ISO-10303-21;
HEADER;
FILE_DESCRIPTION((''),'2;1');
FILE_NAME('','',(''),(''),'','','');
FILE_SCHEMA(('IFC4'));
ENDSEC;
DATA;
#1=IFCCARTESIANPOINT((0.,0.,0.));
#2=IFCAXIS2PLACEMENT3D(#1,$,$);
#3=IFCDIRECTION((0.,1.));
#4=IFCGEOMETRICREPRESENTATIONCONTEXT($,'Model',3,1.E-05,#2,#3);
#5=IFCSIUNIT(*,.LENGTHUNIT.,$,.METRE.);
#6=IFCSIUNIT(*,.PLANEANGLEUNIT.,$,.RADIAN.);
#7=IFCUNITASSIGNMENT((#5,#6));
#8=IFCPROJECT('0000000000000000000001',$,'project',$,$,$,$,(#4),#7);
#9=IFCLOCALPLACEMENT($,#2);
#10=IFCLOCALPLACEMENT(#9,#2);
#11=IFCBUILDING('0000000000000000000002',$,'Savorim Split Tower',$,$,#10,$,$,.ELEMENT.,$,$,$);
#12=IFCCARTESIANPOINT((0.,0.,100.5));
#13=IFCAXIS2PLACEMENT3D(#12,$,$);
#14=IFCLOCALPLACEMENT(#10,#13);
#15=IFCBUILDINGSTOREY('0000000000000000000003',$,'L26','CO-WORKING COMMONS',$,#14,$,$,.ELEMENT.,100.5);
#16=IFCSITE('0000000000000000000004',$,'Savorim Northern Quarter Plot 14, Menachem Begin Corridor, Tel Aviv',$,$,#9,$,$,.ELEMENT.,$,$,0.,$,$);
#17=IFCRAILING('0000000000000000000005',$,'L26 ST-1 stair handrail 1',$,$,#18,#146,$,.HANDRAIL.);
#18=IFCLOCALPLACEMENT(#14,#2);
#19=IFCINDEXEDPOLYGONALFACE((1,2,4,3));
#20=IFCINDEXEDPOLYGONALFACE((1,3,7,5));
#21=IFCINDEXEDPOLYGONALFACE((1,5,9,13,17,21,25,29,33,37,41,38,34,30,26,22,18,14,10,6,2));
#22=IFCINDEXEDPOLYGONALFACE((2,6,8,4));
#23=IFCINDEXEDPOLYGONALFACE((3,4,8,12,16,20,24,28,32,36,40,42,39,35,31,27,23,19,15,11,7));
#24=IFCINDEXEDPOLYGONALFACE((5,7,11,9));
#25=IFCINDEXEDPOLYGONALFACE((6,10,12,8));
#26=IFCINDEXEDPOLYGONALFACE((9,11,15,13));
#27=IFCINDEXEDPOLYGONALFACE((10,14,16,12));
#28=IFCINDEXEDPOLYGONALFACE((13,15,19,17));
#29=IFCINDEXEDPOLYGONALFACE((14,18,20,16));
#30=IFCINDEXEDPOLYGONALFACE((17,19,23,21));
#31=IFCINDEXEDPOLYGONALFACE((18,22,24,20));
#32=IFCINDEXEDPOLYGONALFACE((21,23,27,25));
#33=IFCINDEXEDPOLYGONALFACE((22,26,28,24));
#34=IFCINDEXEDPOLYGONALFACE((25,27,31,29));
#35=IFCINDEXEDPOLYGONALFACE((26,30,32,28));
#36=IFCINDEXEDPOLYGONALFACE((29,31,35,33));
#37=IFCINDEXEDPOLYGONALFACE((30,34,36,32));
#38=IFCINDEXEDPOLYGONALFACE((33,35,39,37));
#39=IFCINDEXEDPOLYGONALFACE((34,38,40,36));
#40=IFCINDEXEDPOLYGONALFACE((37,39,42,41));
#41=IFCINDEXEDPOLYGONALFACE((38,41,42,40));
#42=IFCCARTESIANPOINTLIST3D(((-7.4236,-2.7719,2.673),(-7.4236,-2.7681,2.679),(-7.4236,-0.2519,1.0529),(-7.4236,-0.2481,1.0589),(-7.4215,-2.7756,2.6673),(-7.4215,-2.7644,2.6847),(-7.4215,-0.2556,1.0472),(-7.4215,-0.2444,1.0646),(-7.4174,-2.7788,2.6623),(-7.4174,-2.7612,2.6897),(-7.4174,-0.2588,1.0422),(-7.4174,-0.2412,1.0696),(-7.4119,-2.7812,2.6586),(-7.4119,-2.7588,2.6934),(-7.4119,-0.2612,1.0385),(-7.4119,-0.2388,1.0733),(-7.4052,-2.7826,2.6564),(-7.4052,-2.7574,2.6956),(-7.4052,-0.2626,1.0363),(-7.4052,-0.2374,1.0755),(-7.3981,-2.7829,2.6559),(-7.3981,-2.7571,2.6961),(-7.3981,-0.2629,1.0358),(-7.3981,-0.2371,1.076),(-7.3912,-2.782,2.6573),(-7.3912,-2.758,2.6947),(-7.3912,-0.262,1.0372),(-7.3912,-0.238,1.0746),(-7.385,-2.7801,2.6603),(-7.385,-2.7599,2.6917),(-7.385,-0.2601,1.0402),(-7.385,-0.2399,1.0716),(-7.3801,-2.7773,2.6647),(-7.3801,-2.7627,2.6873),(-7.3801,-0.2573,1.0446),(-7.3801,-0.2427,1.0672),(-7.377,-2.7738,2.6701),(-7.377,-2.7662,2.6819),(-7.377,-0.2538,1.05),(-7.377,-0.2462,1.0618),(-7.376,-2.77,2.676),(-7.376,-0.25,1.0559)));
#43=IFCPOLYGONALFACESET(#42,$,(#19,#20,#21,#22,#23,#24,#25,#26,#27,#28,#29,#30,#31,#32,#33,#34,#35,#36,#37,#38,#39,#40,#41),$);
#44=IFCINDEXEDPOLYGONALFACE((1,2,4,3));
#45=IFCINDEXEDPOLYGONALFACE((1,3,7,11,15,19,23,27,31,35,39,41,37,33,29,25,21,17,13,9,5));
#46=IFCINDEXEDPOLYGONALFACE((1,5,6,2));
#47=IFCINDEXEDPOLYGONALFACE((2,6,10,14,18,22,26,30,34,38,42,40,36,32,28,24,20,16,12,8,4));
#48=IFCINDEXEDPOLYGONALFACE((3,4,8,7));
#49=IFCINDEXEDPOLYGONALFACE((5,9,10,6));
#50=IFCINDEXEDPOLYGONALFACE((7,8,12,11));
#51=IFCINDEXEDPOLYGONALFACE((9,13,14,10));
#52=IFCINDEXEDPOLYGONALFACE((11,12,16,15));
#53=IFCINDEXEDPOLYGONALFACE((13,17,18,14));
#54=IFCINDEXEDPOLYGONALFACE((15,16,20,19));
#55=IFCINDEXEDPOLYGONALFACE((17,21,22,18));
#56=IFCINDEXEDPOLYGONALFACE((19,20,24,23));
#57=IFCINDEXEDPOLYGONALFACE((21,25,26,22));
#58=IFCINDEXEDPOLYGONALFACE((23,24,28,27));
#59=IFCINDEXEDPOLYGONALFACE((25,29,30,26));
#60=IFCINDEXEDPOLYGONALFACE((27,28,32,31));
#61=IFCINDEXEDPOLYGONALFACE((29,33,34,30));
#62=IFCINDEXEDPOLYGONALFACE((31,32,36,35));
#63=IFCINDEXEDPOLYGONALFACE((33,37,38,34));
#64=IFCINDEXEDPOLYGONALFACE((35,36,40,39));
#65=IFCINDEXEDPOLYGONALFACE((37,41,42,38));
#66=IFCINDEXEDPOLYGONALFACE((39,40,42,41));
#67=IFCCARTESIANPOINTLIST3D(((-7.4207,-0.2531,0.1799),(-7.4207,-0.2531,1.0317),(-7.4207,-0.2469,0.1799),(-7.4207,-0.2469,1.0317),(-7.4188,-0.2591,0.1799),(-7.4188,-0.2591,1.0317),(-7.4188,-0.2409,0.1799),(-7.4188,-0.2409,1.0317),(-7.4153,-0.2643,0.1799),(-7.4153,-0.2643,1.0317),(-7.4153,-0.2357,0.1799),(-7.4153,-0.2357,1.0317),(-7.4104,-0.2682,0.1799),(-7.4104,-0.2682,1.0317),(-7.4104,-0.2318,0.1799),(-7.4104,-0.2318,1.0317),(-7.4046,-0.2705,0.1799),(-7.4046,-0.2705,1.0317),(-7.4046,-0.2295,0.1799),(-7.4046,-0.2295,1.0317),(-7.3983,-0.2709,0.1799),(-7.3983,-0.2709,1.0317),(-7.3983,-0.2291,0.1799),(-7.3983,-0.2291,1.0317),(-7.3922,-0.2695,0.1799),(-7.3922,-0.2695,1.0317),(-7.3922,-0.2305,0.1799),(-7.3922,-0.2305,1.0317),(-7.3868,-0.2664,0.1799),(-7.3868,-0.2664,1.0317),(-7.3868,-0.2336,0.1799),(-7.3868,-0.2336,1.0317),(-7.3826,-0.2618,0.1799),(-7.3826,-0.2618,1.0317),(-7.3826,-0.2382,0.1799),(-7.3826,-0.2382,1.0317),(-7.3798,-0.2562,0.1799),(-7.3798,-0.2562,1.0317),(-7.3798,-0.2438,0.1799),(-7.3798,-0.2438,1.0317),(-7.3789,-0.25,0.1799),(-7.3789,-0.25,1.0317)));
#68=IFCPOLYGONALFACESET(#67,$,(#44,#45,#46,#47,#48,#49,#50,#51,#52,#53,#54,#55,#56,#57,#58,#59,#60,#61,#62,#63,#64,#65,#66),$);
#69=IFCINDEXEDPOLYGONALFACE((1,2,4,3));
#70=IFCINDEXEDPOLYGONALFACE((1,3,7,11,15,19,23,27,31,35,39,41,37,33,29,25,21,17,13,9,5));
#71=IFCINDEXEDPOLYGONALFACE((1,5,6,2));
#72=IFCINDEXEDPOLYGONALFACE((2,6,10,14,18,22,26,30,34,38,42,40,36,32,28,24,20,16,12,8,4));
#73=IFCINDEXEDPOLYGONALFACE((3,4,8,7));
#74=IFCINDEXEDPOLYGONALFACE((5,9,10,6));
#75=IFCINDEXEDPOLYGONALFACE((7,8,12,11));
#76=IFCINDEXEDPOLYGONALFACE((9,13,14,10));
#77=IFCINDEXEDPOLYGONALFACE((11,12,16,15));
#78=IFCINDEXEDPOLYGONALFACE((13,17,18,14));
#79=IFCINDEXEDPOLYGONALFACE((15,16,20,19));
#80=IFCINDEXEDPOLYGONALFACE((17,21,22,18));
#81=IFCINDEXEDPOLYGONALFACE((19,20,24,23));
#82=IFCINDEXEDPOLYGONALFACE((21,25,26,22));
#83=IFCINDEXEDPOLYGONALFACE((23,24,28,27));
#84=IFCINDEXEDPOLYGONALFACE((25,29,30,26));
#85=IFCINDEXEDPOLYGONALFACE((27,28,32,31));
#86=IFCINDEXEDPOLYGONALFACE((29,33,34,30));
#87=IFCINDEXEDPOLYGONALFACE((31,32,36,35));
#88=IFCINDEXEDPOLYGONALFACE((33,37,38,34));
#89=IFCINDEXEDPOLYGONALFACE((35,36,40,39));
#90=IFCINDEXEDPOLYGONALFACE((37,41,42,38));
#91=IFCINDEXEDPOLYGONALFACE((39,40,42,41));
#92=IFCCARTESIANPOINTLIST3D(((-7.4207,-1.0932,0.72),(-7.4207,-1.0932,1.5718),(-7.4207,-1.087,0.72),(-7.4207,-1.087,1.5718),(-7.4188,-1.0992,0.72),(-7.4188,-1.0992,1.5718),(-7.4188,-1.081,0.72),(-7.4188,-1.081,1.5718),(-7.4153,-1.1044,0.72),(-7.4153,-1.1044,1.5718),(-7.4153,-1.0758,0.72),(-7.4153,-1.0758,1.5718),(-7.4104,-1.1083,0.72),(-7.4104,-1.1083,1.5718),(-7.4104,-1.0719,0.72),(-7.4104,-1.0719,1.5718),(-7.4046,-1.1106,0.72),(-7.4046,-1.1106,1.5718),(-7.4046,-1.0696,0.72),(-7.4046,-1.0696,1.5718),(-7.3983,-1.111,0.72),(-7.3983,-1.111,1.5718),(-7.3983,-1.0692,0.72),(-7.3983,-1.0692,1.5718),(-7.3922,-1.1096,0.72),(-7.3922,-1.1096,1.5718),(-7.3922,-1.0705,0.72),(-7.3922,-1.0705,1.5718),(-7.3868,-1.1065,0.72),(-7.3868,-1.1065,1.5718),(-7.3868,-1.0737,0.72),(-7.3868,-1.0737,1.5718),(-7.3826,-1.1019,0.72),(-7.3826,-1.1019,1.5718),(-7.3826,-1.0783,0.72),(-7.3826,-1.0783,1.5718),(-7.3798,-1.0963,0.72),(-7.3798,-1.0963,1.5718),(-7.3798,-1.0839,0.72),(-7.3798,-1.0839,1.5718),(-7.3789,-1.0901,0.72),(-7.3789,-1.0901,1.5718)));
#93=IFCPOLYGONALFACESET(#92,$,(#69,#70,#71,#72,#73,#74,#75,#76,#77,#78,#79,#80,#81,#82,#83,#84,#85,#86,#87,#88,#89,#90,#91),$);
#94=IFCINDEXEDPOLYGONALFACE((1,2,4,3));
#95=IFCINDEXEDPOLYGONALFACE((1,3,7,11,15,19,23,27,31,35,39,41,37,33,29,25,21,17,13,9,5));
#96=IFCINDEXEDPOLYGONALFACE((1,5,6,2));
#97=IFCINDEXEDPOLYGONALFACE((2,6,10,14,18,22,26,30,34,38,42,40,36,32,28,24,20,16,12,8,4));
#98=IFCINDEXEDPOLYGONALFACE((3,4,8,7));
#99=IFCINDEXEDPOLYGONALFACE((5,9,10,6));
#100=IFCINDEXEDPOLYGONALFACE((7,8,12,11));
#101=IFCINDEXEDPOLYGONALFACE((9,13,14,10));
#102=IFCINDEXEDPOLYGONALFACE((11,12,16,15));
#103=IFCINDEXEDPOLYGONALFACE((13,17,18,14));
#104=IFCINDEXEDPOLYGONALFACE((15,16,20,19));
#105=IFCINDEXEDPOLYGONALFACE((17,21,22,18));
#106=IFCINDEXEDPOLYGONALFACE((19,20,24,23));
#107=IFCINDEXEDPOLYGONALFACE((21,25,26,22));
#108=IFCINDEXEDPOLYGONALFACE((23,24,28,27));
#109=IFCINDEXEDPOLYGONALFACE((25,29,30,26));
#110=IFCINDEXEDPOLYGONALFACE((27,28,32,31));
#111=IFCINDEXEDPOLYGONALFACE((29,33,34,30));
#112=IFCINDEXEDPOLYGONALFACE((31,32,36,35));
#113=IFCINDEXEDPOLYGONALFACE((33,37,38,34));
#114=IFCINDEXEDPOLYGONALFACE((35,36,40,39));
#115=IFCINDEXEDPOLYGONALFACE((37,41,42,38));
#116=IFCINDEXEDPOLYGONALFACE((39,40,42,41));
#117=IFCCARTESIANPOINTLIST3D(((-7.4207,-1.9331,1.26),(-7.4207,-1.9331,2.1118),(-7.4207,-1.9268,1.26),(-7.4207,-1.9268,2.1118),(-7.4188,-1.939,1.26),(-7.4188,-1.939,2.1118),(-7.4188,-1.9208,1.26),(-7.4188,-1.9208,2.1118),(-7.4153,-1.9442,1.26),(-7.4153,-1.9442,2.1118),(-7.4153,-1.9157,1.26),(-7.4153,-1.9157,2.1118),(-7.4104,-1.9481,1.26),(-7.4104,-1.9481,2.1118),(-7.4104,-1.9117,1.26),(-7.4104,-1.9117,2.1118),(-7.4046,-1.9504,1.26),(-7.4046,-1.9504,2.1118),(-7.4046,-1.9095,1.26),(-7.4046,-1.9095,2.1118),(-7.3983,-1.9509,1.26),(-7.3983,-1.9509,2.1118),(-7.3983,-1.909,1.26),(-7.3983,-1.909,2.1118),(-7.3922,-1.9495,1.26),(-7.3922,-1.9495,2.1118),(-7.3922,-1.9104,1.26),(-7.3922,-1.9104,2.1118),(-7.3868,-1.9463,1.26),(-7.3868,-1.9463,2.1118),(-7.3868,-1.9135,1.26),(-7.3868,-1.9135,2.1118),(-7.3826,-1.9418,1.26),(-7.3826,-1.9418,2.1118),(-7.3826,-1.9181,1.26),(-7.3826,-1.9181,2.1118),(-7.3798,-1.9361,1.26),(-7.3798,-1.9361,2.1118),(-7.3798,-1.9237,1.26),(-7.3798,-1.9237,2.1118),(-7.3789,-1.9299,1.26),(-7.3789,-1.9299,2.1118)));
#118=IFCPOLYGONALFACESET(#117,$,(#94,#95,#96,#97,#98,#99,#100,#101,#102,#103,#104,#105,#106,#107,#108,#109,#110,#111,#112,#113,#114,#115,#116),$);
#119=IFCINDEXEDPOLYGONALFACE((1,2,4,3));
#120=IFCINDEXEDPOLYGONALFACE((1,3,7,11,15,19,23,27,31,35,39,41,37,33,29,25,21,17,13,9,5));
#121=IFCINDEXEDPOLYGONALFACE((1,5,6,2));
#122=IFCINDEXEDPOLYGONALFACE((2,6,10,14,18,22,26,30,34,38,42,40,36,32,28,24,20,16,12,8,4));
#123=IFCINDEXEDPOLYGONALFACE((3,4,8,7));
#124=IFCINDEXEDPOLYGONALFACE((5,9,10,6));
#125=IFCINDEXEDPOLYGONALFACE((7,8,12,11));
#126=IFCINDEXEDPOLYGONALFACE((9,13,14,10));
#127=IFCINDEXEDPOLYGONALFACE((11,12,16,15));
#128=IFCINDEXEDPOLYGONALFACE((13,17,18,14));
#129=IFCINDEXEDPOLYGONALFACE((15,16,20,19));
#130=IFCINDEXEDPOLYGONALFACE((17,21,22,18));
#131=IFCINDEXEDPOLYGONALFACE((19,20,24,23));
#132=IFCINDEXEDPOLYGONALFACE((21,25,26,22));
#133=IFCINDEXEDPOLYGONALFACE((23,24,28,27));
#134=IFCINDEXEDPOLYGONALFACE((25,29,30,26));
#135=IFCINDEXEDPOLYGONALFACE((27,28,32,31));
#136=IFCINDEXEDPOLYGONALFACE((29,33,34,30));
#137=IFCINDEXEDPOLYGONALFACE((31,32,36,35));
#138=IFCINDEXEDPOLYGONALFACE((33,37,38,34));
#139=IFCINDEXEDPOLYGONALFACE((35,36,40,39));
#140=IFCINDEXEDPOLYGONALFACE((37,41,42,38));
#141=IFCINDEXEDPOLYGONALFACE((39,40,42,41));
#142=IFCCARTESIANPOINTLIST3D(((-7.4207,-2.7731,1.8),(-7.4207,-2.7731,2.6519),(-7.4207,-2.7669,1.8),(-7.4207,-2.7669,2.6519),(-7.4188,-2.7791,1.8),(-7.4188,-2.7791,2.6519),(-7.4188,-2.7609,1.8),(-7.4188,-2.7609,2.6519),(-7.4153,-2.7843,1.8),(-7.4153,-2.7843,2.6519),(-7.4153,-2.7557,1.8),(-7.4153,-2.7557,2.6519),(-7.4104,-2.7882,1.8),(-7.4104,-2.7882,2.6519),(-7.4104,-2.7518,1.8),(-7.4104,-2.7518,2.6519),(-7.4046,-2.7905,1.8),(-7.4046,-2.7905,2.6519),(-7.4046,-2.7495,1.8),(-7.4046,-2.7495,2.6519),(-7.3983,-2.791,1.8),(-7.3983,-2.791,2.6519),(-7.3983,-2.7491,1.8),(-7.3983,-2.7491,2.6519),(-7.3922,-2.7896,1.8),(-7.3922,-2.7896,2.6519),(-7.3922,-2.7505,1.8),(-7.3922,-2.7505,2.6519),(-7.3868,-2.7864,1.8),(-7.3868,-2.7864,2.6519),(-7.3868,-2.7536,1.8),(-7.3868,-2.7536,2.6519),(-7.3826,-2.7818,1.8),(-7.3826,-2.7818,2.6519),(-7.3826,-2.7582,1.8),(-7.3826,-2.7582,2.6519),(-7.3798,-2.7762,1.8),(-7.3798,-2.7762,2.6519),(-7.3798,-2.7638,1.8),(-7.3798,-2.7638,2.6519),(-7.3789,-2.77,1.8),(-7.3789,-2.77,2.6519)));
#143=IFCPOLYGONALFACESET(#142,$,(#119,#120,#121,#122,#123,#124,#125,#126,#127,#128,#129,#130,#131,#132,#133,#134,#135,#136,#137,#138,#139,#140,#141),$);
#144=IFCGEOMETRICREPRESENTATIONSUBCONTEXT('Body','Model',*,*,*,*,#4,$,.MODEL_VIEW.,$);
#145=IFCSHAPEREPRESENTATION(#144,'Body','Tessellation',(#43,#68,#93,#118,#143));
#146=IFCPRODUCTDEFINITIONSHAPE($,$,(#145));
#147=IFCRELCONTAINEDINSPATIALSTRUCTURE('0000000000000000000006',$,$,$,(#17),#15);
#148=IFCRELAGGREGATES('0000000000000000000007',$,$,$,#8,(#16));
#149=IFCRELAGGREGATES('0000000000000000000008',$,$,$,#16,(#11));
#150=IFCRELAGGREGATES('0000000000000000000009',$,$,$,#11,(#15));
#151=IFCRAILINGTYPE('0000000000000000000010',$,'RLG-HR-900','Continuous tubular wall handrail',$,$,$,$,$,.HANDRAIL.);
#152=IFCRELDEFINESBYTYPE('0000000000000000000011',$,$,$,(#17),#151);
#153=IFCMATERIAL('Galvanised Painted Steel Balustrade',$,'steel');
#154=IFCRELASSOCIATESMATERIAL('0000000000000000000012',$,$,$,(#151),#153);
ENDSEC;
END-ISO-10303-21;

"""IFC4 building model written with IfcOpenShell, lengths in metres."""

from ifc_helpers import new_model, si_unit, direction, frame, origin, origin_2d, place, context, subcontext, project, spatial, circle, extrude, material, type_object, element, save


model = new_model("IFC4")

# Units and contexts
model_context = context("Model", 3, precision=1e-05, world=origin(), true_north=direction((0.0, 1.0)))
body_context = subcontext(model_context, "Body", "Model", "MODEL_VIEW")
ifc_project = project(units=[si_unit("LENGTHUNIT", "METRE"), si_unit("PLANEANGLEUNIT", "RADIAN")], contexts=[model_context])

# Site, building, storey
site_placement = place(None, origin())
site = spatial("IfcSite", under=ifc_project, at=site_placement, Name="Savorim Northern Quarter Plot 14, Menachem Begin Corridor, Tel Aviv", CompositionType="ELEMENT", RefElevation=0.0)
building_placement = place(site_placement, origin())
building = spatial("IfcBuilding", under=site, at=building_placement, Name="Savorim Split Tower", CompositionType="ELEMENT")
storey_placement = place(building_placement, frame((0.0, 0.0, 100.5)))
storey = spatial("IfcBuildingStorey", under=building, at=storey_placement, Name="L26", Description="CO-WORKING COMMONS", CompositionType="ELEMENT", Elevation=100.5)

# Railing
ifc_material_1 = material(Name="Galvanised Painted Steel Balustrade", Category="steel")
railing_type_1 = type_object("IfcRailingType", Name="RLG-HR-900", Description="Continuous tubular wall handrail", PredefinedType="HANDRAIL", material=ifc_material_1)
railing_1_placement = place(storey_placement, frame((-7.3999, -0.25, 0.1799)))
element("IfcRailing", 1, at=railing_1_placement, inside=storey, type_object=railing_type_1, Name="L26 ST-1 stair handrail 1", PredefinedType="HANDRAIL", context=body_context, shape_type="SweptSolid", body=[
    extrude(circle(Radius=0.0239, at=origin_2d()), frame((0.0, 0.0, 0.876), z_axis=(0.0, -0.841163, 0.540782), x_axis=(1.0, 0.0, 0.0)), (0.0, 0.0, 1.0), 2.9958),
    extrude(circle(Radius=0.021, at=origin_2d()), origin(), (0.0, 0.0, 1.0), 0.8518),
    extrude(circle(Radius=0.021, at=origin_2d()), frame((0.0, -0.8401, 0.54)), (0.0, 0.0, 1.0), 0.8518),
    extrude(circle(Radius=0.021, at=origin_2d()), frame((0.0, -1.6799, 1.0801)), (0.0, 0.0, 1.0), 0.8518),
    extrude(circle(Radius=0.021, at=origin_2d()), frame((0.0, -2.52, 1.6201)), (0.0, 0.0, 1.0), 0.8518),
])

save(model, "model.ifc")
